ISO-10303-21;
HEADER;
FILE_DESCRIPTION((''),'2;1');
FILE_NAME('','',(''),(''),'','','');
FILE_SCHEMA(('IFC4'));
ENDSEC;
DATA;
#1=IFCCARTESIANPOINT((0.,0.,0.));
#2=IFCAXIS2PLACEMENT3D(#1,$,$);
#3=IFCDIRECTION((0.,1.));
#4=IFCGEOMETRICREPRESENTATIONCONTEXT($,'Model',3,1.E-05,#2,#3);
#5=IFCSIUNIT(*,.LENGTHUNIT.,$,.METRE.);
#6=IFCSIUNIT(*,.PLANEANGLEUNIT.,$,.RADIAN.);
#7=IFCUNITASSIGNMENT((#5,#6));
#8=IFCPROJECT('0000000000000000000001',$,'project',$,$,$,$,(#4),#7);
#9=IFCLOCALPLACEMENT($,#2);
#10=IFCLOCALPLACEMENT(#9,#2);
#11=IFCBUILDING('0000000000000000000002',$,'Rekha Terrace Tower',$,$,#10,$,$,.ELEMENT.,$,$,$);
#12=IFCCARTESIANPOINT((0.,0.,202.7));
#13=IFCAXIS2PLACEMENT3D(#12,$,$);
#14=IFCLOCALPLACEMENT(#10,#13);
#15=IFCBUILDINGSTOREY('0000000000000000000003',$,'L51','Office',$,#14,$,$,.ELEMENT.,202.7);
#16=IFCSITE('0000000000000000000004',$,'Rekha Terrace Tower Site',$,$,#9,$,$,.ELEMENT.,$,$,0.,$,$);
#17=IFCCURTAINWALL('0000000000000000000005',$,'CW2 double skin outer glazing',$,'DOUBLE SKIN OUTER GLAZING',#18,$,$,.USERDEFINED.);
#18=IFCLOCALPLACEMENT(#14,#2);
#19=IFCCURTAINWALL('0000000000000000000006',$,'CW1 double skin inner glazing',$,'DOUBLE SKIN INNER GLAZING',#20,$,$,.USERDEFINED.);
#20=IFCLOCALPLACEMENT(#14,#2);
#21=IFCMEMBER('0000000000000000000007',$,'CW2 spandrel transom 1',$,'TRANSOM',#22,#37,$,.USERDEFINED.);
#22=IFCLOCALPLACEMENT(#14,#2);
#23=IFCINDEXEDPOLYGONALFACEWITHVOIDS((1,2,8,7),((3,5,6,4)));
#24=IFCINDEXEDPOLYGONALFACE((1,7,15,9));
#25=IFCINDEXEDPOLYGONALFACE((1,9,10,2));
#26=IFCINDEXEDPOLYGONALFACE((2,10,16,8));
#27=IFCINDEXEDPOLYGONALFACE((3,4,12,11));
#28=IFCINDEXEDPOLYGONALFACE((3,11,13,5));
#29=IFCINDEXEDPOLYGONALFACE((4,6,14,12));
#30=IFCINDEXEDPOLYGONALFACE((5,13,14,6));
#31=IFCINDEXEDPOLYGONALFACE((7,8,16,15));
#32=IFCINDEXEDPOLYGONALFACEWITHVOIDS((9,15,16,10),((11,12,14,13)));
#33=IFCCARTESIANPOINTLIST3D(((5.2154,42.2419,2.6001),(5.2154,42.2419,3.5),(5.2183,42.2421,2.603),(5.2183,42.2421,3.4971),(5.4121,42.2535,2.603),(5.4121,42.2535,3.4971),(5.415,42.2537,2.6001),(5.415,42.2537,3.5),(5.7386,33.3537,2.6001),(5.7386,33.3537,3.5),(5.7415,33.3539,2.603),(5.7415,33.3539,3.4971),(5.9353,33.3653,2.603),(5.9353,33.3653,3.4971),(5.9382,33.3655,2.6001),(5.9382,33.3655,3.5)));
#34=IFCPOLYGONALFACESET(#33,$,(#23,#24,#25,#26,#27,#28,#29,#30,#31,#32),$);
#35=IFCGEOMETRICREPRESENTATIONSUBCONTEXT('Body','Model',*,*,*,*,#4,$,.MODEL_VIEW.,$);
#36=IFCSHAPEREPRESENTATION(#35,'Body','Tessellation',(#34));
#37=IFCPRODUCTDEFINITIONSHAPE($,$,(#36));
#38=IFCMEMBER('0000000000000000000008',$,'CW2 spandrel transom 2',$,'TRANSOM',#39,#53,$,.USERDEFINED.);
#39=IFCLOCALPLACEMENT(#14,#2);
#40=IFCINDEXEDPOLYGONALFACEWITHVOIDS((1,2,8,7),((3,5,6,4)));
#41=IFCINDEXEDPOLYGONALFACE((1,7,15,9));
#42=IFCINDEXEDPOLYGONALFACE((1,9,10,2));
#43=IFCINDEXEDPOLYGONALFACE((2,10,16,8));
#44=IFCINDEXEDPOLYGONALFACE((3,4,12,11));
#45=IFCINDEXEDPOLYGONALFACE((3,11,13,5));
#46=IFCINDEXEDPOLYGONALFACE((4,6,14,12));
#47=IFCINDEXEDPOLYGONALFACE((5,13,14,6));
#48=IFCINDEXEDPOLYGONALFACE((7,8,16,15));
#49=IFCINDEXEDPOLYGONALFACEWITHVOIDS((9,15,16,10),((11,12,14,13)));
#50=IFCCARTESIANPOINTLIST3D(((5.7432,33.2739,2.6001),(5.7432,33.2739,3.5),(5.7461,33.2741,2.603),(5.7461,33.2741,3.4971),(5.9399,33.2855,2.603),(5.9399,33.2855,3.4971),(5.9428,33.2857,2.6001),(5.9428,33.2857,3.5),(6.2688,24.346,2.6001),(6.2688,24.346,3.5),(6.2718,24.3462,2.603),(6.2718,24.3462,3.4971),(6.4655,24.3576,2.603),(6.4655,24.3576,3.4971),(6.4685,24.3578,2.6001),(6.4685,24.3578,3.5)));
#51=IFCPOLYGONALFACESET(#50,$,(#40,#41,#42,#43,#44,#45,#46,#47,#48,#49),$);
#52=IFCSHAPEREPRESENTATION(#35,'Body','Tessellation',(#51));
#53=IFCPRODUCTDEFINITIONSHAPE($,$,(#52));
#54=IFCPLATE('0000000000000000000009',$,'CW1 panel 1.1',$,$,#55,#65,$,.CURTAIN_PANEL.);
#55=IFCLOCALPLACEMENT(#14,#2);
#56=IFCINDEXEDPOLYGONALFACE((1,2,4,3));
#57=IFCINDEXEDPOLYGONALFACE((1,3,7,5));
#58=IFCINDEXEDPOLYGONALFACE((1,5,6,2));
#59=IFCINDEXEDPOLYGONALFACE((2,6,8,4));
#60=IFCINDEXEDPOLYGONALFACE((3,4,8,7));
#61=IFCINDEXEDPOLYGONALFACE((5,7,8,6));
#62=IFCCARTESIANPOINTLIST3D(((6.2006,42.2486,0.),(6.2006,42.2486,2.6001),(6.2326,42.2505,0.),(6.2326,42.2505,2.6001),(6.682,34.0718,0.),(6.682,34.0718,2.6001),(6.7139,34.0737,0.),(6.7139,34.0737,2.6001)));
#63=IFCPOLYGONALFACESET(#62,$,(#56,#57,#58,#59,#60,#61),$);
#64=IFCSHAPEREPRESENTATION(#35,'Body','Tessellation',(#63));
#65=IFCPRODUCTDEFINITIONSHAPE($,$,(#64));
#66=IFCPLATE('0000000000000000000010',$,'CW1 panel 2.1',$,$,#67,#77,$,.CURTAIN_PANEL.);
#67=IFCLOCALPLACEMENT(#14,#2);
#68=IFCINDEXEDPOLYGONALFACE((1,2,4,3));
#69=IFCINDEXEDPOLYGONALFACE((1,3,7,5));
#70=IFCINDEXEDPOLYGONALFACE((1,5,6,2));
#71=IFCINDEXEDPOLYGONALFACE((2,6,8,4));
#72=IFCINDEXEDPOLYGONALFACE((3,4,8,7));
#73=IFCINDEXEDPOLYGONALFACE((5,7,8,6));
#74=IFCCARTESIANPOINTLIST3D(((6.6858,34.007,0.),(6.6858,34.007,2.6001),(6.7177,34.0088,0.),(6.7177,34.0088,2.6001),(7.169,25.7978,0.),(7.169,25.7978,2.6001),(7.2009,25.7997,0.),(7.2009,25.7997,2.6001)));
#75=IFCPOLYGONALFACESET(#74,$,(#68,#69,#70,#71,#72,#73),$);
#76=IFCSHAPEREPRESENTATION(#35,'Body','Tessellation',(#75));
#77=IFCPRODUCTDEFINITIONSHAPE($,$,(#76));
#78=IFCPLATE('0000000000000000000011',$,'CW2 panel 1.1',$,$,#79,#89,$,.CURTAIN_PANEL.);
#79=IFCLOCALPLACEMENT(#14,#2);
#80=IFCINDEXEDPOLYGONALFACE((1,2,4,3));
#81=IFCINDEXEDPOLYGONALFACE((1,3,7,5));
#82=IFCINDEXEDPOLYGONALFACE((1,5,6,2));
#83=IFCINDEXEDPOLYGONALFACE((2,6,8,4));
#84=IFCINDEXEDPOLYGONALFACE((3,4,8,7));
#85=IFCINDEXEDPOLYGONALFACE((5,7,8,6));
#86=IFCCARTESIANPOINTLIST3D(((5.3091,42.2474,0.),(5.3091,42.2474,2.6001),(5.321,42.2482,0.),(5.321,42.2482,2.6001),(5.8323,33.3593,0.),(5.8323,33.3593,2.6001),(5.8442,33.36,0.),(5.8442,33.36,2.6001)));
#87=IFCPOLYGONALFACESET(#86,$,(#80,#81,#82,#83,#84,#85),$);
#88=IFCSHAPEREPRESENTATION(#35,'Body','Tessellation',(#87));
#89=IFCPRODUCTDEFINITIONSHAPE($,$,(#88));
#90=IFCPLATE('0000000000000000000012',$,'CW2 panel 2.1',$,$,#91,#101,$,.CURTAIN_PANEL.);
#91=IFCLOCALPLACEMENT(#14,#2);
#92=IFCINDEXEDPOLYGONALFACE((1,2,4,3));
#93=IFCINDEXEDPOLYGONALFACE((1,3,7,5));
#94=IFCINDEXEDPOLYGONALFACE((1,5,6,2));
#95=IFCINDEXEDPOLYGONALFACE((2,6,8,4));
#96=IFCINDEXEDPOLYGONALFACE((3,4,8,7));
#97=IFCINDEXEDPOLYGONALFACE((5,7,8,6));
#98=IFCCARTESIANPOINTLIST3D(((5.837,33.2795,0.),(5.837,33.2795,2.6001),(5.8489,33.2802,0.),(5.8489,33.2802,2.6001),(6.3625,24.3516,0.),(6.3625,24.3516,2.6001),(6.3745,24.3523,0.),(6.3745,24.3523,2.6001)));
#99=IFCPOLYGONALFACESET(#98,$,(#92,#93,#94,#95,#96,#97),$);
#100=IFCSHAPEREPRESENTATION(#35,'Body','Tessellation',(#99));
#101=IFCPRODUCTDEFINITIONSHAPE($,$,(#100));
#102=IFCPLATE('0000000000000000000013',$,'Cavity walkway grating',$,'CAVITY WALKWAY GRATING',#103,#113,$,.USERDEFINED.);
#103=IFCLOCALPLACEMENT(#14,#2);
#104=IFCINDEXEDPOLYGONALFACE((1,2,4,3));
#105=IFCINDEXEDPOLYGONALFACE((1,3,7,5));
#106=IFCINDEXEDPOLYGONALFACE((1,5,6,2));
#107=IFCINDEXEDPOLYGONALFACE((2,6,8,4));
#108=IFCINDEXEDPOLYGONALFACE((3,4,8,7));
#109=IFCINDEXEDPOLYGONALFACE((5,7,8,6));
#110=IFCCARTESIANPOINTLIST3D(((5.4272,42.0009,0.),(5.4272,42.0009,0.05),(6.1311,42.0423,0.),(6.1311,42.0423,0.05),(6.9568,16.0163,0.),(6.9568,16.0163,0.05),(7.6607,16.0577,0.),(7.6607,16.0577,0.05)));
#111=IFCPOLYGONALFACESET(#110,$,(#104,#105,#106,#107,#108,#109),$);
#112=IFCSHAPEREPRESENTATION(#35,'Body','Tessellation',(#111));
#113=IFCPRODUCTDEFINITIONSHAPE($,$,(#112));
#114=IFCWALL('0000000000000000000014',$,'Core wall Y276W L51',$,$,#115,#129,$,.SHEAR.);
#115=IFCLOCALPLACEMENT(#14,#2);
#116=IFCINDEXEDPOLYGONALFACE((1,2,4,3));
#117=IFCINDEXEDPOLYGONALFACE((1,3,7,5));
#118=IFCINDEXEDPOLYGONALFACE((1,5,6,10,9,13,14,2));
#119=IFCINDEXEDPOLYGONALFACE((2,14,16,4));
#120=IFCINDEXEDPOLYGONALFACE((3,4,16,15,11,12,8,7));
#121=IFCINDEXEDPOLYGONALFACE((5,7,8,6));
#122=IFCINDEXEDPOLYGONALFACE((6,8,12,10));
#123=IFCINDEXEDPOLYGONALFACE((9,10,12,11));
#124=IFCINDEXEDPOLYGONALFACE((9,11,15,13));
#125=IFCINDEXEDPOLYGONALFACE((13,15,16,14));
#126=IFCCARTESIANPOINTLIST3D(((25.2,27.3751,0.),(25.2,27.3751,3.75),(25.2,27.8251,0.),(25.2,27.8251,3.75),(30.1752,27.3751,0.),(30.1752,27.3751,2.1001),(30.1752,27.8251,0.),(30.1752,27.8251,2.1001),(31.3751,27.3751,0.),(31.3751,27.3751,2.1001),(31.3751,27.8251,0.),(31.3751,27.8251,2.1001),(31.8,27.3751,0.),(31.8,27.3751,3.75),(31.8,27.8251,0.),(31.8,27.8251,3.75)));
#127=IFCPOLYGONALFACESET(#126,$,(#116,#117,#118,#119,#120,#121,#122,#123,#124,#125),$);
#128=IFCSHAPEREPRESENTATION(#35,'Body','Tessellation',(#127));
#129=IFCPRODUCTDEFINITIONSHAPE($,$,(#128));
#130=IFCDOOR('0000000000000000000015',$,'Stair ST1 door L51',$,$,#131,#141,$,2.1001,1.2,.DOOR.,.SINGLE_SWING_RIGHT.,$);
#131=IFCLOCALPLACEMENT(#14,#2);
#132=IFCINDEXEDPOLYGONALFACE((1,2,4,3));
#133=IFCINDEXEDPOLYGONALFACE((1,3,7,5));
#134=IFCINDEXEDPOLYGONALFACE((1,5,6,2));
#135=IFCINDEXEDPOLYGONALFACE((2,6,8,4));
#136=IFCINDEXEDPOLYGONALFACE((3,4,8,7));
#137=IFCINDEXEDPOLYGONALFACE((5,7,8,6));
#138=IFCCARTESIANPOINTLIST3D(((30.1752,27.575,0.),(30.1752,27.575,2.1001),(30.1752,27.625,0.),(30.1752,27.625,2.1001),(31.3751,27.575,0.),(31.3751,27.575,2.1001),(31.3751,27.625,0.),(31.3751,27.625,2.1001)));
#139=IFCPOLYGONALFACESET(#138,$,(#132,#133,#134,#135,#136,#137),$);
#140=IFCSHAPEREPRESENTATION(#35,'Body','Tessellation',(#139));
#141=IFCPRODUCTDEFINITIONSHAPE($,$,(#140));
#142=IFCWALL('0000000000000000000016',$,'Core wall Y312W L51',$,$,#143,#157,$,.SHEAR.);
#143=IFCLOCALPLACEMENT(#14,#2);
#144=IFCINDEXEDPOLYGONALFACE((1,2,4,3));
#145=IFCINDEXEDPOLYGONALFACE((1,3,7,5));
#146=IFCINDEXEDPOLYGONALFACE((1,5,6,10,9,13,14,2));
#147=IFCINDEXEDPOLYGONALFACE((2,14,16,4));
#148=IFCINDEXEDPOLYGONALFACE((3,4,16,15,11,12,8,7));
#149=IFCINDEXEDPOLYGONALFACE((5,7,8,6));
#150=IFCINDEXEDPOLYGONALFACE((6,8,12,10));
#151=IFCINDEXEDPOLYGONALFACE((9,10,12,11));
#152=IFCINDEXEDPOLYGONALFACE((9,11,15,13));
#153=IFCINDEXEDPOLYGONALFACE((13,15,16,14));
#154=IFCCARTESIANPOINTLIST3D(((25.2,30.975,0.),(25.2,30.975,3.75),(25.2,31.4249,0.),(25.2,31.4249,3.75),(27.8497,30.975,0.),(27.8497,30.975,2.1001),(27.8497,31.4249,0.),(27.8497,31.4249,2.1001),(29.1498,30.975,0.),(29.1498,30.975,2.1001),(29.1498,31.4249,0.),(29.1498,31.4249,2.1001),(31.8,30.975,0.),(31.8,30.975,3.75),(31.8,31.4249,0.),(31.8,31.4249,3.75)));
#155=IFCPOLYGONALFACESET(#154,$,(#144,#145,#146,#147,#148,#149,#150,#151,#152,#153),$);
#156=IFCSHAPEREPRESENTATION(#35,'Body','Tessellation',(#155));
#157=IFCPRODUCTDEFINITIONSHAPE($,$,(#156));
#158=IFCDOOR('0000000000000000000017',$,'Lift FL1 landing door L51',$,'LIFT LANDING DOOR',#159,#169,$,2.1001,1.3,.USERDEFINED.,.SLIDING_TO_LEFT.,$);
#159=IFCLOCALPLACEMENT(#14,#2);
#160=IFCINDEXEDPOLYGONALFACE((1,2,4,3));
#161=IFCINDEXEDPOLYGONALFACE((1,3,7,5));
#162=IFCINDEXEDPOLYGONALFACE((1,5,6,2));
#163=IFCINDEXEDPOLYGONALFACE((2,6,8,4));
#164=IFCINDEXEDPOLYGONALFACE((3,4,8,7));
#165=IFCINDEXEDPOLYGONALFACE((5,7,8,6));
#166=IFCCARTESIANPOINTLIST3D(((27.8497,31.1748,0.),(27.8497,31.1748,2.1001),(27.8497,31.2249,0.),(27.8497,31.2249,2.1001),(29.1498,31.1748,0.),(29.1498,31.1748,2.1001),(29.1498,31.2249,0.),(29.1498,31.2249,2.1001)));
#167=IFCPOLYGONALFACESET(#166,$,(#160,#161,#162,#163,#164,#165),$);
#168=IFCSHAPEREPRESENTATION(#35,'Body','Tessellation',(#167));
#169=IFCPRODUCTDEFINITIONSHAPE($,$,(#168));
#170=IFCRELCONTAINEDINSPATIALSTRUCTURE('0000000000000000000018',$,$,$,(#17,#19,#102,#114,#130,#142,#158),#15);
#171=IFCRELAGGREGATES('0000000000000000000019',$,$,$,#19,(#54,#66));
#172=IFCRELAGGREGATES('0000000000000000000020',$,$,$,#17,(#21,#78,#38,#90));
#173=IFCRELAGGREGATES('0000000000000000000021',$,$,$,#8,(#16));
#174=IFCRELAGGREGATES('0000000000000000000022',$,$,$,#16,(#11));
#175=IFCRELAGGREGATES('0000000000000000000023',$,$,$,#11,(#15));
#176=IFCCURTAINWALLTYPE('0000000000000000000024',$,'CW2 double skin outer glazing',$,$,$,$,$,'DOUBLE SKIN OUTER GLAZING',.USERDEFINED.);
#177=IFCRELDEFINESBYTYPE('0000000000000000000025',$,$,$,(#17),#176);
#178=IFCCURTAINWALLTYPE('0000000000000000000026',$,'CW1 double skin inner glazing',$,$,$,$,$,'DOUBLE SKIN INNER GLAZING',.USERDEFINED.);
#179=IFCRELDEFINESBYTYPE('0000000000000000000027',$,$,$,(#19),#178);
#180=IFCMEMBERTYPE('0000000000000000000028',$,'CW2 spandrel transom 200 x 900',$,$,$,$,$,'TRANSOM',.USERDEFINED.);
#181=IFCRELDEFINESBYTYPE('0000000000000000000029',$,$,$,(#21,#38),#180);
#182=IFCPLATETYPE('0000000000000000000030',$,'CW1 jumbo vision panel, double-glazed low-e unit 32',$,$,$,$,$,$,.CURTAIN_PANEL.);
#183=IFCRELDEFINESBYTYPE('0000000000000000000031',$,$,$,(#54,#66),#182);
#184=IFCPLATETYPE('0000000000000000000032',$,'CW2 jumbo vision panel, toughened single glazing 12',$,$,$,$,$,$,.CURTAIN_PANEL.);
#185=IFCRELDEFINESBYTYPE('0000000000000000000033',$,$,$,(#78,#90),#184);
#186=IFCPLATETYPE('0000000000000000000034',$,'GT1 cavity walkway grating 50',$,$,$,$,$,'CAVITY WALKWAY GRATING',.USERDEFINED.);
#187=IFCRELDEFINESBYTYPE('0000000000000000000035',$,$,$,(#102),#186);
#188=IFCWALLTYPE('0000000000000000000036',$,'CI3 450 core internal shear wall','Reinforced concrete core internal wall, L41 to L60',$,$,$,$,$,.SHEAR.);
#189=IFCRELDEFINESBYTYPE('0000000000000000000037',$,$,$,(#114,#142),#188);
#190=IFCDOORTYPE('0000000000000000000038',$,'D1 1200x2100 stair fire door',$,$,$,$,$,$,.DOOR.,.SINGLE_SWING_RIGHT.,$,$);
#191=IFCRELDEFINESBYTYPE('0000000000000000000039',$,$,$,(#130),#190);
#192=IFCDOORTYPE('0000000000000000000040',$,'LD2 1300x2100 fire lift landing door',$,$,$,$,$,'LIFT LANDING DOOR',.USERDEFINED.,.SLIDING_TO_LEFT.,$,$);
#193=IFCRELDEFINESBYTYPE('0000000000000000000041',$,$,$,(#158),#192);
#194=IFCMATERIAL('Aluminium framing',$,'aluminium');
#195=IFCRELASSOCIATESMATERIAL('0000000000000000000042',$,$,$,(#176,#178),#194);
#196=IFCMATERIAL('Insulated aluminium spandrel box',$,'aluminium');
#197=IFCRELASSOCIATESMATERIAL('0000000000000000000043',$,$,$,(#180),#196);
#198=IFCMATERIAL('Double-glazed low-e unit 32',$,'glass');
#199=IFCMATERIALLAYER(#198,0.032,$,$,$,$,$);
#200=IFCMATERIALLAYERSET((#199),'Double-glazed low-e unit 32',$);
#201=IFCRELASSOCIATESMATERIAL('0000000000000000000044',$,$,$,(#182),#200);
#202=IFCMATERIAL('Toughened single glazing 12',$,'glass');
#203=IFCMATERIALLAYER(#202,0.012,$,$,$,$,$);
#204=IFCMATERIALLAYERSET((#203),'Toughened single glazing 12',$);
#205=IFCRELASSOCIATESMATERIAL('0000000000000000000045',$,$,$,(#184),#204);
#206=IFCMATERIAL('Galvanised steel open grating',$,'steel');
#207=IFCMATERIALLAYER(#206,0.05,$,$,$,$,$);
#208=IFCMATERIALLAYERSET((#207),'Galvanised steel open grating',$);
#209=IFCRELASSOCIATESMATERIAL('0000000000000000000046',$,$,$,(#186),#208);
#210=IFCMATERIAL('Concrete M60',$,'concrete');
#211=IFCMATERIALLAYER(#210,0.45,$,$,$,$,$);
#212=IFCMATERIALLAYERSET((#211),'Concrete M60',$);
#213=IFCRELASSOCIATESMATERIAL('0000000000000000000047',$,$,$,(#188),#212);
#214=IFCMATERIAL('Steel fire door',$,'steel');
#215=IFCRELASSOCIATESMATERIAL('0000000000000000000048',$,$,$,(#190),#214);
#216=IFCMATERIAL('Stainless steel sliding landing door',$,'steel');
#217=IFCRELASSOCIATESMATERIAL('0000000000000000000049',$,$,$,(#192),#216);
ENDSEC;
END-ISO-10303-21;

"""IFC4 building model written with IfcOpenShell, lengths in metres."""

from ifc_helpers import new_model, si_unit, direction, frame, frame_2d, origin, origin_2d, place, context, subcontext, project, spatial, rectangle, hollow_rectangle, extrude, material, layer, layer_set, material_profile, profile_set, type_object, element, fill, aggregate, save


model = new_model("IFC4")

# Units and contexts
model_context = context("Model", 3, precision=1e-05, world=origin(), true_north=direction((0.0, 1.0)))
body_context = subcontext(model_context, "Body", "Model", "MODEL_VIEW")
ifc_project = project(units=[si_unit("LENGTHUNIT", "METRE"), si_unit("PLANEANGLEUNIT", "RADIAN")], contexts=[model_context])

# Site, building, storey
site_placement = place(None, origin())
site = spatial("IfcSite", under=ifc_project, at=site_placement, Name="Rekha Terrace Tower Site", CompositionType="ELEMENT", RefElevation=0.0)
building_placement = place(site_placement, origin())
building = spatial("IfcBuilding", under=site, at=building_placement, Name="Rekha Terrace Tower", CompositionType="ELEMENT")
storey_placement = place(building_placement, frame((0.0, 0.0, 202.7)))
storey = spatial("IfcBuildingStorey", under=building, at=storey_placement, Name="L51", Description="Office", CompositionType="ELEMENT", Elevation=202.7)

# Curtain wall
ifc_material_1 = material(Name="Aluminium framing", Category="aluminium")
curtain_wall_type_1 = type_object("IfcCurtainWallType", Name="CW2 double skin outer glazing", ElementType="DOUBLE SKIN OUTER GLAZING", PredefinedType="USERDEFINED", material=ifc_material_1)
curtain_wall_1_placement = place(storey_placement, origin())
curtain_wall_1 = element("IfcCurtainWall", 1, at=curtain_wall_1_placement, inside=storey, type_object=curtain_wall_type_1, Name="CW2 double skin outer glazing", ObjectType="DOUBLE SKIN OUTER GLAZING", PredefinedType="USERDEFINED")

# Curtain wall
curtain_wall_type_2 = type_object("IfcCurtainWallType", Name="CW1 double skin inner glazing", ElementType="DOUBLE SKIN INNER GLAZING", PredefinedType="USERDEFINED", material=ifc_material_1)
curtain_wall_2_placement = place(storey_placement, origin())
curtain_wall_2 = element("IfcCurtainWall", 2, at=curtain_wall_2_placement, inside=storey, type_object=curtain_wall_type_2, Name="CW1 double skin inner glazing", ObjectType="DOUBLE SKIN INNER GLAZING", PredefinedType="USERDEFINED")
ifc_material_2 = material(Name="Insulated aluminium spandrel box", Category="aluminium")

# Members
ifc_material_profile_1 = material_profile(ifc_material_2, hollow_rectangle(XDim=0.2, YDim=0.8999, WallThickness=0.0029, at=origin_2d()), Name="AL SPANDREL BOX 200x900")
ifc_profile_set_1 = profile_set([ifc_material_profile_1], Name="Insulated aluminium spandrel box")
member_type_1 = type_object("IfcMemberType", Name="CW2 spandrel transom 200 x 900", ElementType="TRANSOM", PredefinedType="USERDEFINED", material=ifc_profile_set_1)
member_1_placement = place(storey_placement, frame((5.3152, 42.2478, 3.05), z_axis=(0.058762, -0.998272, 0.0), x_axis=(0.998272, 0.058762, 0.0)))
member_1 = element("IfcMember", 3, at=member_1_placement, type_object=member_type_1, Name="CW2 spandrel transom 1", ObjectType="TRANSOM", PredefinedType="USERDEFINED", context=body_context, shape_type="SweptSolid", body=[
    extrude(hollow_rectangle(XDim=0.2, YDim=0.8999, WallThickness=0.0029, at=origin_2d()), origin(), (0.0, 0.0, 1.0), 8.9036),
])
member_2_placement = place(storey_placement, frame((5.843, 33.2798, 3.05), z_axis=(0.058773, -0.998271, 0.0), x_axis=(0.998271, 0.058773, 0.0)))
member_2 = element("IfcMember", 4, at=member_2_placement, type_object=member_type_1, Name="CW2 spandrel transom 2", ObjectType="TRANSOM", PredefinedType="USERDEFINED", context=body_context, shape_type="SweptSolid", body=[
    extrude(hollow_rectangle(XDim=0.2, YDim=0.8999, WallThickness=0.0029, at=origin_2d()), origin(), (0.0, 0.0, 1.0), 8.9434),
])

# Plates
ifc_material_3 = material(Name="Double-glazed low-e unit 32", Category="glass")
ifc_layer_1 = layer(ifc_material_3, 0.032)
ifc_layer_set_1 = layer_set([ifc_layer_1], Name="Double-glazed low-e unit 32")
plate_type_1 = type_object("IfcPlateType", Name="CW1 jumbo vision panel, double-glazed low-e unit 32", PredefinedType="CURTAIN_PANEL", material=ifc_layer_set_1)
plate_1_placement = place(storey_placement, frame((6.4573, 38.1611, 0.0), z_axis=(0.0, 0.0, 1.0), x_axis=(0.058765, -0.998272, 0.0)))
plate_1 = element("IfcPlate", 5, at=plate_1_placement, type_object=plate_type_1, Name="CW1 panel 1.1", PredefinedType="CURTAIN_PANEL", context=body_context, shape_type="SweptSolid", body=[
    extrude(rectangle(XDim=8.1909, YDim=0.032, at=origin_2d()), origin(), (0.0, 0.0, 1.0), 2.6001),
])
plate_2_placement = place(storey_placement, frame((6.9434, 29.9033, 0.0), z_axis=(0.0, 0.0, 1.0), x_axis=(0.058765, -0.998272, 0.0)))
plate_2 = element("IfcPlate", 6, at=plate_2_placement, type_object=plate_type_1, Name="CW1 panel 2.1", PredefinedType="CURTAIN_PANEL", context=body_context, shape_type="SweptSolid", body=[
    extrude(rectangle(XDim=8.2234, YDim=0.032, at=origin_2d()), origin(), (0.0, 0.0, 1.0), 2.6001),
])
aggregate(curtain_wall_2, [plate_1, plate_2])
ifc_material_4 = material(Name="Toughened single glazing 12", Category="glass")
ifc_layer_2 = layer(ifc_material_4, 0.012)
ifc_layer_set_2 = layer_set([ifc_layer_2], Name="Toughened single glazing 12")
plate_type_2 = type_object("IfcPlateType", Name="CW2 jumbo vision panel, toughened single glazing 12", PredefinedType="CURTAIN_PANEL", material=ifc_layer_set_2)
plate_3_placement = place(storey_placement, frame((5.5767, 37.8037, 0.0), z_axis=(0.0, 0.0, 1.0), x_axis=(0.058765, -0.998272, 0.0)))
plate_3 = element("IfcPlate", 7, at=plate_3_placement, type_object=plate_type_2, Name="CW2 panel 1.1", PredefinedType="CURTAIN_PANEL", context=body_context, shape_type="SweptSolid", body=[
    extrude(rectangle(XDim=8.9036, YDim=0.012, at=origin_2d()), origin(), (0.0, 0.0, 1.0), 2.6001),
])
plate_4_placement = place(storey_placement, frame((6.1057, 28.8159, 0.0), z_axis=(0.0, 0.0, 1.0), x_axis=(0.058765, -0.998272, 0.0)))
plate_4 = element("IfcPlate", 8, at=plate_4_placement, type_object=plate_type_2, Name="CW2 panel 2.1", PredefinedType="CURTAIN_PANEL", context=body_context, shape_type="SweptSolid", body=[
    extrude(rectangle(XDim=8.9434, YDim=0.012, at=origin_2d()), origin(), (0.0, 0.0, 1.0), 2.6001),
])
aggregate(curtain_wall_1, [member_1, plate_3, member_2, plate_4])
ifc_material_5 = material(Name="Galvanised steel open grating", Category="steel")
ifc_layer_3 = layer(ifc_material_5, 0.05)
ifc_layer_set_3 = layer_set([ifc_layer_3], Name="Galvanised steel open grating")
plate_type_3 = type_object("IfcPlateType", Name="GT1 cavity walkway grating 50", ElementType="CAVITY WALKWAY GRATING", PredefinedType="USERDEFINED", material=ifc_layer_set_3)
plate_5_placement = place(storey_placement, frame((6.5439, 29.0293, 0.0), z_axis=(0.0, 0.0, 1.0), x_axis=(0.058765, -0.998272, 0.0)))
element("IfcPlate", 9, at=plate_5_placement, inside=storey, type_object=plate_type_3, Name="Cavity walkway grating", ObjectType="CAVITY WALKWAY GRATING", PredefinedType="USERDEFINED", context=body_context, shape_type="SweptSolid", body=[
    extrude(rectangle(XDim=26.0295, YDim=0.7051, at=origin_2d()), origin(), (0.0, 0.0, 1.0), 0.05),
])

# Walls, openings, doors
ifc_material_6 = material(Name="Concrete M60", Category="concrete")
ifc_layer_4 = layer(ifc_material_6, 0.45)
ifc_layer_set_4 = layer_set([ifc_layer_4], Name="Concrete M60")
wall_type_1 = type_object("IfcWallType", Name="CI3 450 core internal shear wall", Description="Reinforced concrete core internal wall, L41 to L60", PredefinedType="SHEAR", material=ifc_layer_set_4)
wall_1_placement = place(storey_placement, frame((25.2, 27.6001, 0.0), z_axis=(0.0, 0.0, 1.0), x_axis=(1.0, 0.0, 0.0)))
wall_1 = element("IfcWall", 10, at=wall_1_placement, inside=storey, type_object=wall_type_1, Name="Core wall Y276W L51", PredefinedType="SHEAR", context=body_context, shape_type="SweptSolid", body=[
    extrude(rectangle(XDim=6.6001, YDim=0.45, at=frame_2d((3.3, 0.0))), origin(), (0.0, 0.0, 1.0), 3.75),
])
opening_1_placement = place(wall_1_placement, frame((4.9751, 0.0, 0.0)))
opening_1 = element("IfcOpeningElement", 11, at=opening_1_placement, cuts=wall_1, PredefinedType="OPENING", context=body_context, shape_type="SweptSolid", body=[
    extrude(rectangle(XDim=1.2, YDim=2.1001, at=frame_2d((0.6001, 1.05))), frame((0.0, 0.2349, 0.0), z_axis=(0.0, -1.0, 0.0), x_axis=(1.0, 0.0, 0.0)), (0.0, 0.0, 1.0), 0.47),
])
ifc_material_7 = material(Name="Steel fire door", Category="steel")
door_type_1 = type_object("IfcDoorType", Name="D1 1200x2100 stair fire door", OperationType="SINGLE_SWING_RIGHT", PredefinedType="DOOR", material=ifc_material_7)
door_1_placement = place(opening_1_placement, origin())
door_1 = element("IfcDoor", 12, at=door_1_placement, inside=storey, type_object=door_type_1, Name="Stair ST1 door L51", OperationType="SINGLE_SWING_RIGHT", OverallHeight=2.1001, OverallWidth=1.2, PredefinedType="DOOR", context=body_context, shape_type="SweptSolid", body=[
    extrude(rectangle(XDim=1.2, YDim=2.1001, at=frame_2d((0.6001, 1.05))), frame((0.0, 0.0249, 0.0), z_axis=(0.0, -1.0, 0.0), x_axis=(1.0, 0.0, 0.0)), (0.0, 0.0, 1.0), 0.05),
])
fill(opening_1, door_1)
wall_2_placement = place(storey_placement, frame((25.2, 31.2, 0.0), z_axis=(0.0, 0.0, 1.0), x_axis=(1.0, 0.0, 0.0)))
wall_2 = element("IfcWall", 13, at=wall_2_placement, inside=storey, type_object=wall_type_1, Name="Core wall Y312W L51", PredefinedType="SHEAR", context=body_context, shape_type="SweptSolid", body=[
    extrude(rectangle(XDim=6.6001, YDim=0.45, at=frame_2d((3.3, 0.0))), origin(), (0.0, 0.0, 1.0), 3.75),
])
opening_2_placement = place(wall_2_placement, frame((2.6499, 0.0, 0.0)))
opening_2 = element("IfcOpeningElement", 14, at=opening_2_placement, cuts=wall_2, PredefinedType="OPENING", context=body_context, shape_type="SweptSolid", body=[
    extrude(rectangle(XDim=1.3, YDim=2.1001, at=frame_2d((0.6499, 1.05))), frame((0.0, 0.2349, 0.0), z_axis=(0.0, -1.0, 0.0), x_axis=(1.0, 0.0, 0.0)), (0.0, 0.0, 1.0), 0.47),
])
ifc_material_8 = material(Name="Stainless steel sliding landing door", Category="steel")
door_type_2 = type_object("IfcDoorType", Name="LD2 1300x2100 fire lift landing door", ElementType="LIFT LANDING DOOR", OperationType="SLIDING_TO_LEFT", PredefinedType="USERDEFINED", material=ifc_material_8)
door_2_placement = place(opening_2_placement, origin())
door_2 = element("IfcDoor", 15, at=door_2_placement, inside=storey, type_object=door_type_2, Name="Lift FL1 landing door L51", ObjectType="LIFT LANDING DOOR", OperationType="SLIDING_TO_LEFT", OverallHeight=2.1001, OverallWidth=1.3, PredefinedType="USERDEFINED", context=body_context, shape_type="SweptSolid", body=[
    extrude(rectangle(XDim=1.3, YDim=2.1001, at=frame_2d((0.6499, 1.05))), frame((0.0, 0.0249, 0.0), z_axis=(0.0, -1.0, 0.0), x_axis=(1.0, 0.0, 0.0)), (0.0, 0.0, 1.0), 0.05),
])
fill(opening_2, door_2)

save(model, "model.ifc")
